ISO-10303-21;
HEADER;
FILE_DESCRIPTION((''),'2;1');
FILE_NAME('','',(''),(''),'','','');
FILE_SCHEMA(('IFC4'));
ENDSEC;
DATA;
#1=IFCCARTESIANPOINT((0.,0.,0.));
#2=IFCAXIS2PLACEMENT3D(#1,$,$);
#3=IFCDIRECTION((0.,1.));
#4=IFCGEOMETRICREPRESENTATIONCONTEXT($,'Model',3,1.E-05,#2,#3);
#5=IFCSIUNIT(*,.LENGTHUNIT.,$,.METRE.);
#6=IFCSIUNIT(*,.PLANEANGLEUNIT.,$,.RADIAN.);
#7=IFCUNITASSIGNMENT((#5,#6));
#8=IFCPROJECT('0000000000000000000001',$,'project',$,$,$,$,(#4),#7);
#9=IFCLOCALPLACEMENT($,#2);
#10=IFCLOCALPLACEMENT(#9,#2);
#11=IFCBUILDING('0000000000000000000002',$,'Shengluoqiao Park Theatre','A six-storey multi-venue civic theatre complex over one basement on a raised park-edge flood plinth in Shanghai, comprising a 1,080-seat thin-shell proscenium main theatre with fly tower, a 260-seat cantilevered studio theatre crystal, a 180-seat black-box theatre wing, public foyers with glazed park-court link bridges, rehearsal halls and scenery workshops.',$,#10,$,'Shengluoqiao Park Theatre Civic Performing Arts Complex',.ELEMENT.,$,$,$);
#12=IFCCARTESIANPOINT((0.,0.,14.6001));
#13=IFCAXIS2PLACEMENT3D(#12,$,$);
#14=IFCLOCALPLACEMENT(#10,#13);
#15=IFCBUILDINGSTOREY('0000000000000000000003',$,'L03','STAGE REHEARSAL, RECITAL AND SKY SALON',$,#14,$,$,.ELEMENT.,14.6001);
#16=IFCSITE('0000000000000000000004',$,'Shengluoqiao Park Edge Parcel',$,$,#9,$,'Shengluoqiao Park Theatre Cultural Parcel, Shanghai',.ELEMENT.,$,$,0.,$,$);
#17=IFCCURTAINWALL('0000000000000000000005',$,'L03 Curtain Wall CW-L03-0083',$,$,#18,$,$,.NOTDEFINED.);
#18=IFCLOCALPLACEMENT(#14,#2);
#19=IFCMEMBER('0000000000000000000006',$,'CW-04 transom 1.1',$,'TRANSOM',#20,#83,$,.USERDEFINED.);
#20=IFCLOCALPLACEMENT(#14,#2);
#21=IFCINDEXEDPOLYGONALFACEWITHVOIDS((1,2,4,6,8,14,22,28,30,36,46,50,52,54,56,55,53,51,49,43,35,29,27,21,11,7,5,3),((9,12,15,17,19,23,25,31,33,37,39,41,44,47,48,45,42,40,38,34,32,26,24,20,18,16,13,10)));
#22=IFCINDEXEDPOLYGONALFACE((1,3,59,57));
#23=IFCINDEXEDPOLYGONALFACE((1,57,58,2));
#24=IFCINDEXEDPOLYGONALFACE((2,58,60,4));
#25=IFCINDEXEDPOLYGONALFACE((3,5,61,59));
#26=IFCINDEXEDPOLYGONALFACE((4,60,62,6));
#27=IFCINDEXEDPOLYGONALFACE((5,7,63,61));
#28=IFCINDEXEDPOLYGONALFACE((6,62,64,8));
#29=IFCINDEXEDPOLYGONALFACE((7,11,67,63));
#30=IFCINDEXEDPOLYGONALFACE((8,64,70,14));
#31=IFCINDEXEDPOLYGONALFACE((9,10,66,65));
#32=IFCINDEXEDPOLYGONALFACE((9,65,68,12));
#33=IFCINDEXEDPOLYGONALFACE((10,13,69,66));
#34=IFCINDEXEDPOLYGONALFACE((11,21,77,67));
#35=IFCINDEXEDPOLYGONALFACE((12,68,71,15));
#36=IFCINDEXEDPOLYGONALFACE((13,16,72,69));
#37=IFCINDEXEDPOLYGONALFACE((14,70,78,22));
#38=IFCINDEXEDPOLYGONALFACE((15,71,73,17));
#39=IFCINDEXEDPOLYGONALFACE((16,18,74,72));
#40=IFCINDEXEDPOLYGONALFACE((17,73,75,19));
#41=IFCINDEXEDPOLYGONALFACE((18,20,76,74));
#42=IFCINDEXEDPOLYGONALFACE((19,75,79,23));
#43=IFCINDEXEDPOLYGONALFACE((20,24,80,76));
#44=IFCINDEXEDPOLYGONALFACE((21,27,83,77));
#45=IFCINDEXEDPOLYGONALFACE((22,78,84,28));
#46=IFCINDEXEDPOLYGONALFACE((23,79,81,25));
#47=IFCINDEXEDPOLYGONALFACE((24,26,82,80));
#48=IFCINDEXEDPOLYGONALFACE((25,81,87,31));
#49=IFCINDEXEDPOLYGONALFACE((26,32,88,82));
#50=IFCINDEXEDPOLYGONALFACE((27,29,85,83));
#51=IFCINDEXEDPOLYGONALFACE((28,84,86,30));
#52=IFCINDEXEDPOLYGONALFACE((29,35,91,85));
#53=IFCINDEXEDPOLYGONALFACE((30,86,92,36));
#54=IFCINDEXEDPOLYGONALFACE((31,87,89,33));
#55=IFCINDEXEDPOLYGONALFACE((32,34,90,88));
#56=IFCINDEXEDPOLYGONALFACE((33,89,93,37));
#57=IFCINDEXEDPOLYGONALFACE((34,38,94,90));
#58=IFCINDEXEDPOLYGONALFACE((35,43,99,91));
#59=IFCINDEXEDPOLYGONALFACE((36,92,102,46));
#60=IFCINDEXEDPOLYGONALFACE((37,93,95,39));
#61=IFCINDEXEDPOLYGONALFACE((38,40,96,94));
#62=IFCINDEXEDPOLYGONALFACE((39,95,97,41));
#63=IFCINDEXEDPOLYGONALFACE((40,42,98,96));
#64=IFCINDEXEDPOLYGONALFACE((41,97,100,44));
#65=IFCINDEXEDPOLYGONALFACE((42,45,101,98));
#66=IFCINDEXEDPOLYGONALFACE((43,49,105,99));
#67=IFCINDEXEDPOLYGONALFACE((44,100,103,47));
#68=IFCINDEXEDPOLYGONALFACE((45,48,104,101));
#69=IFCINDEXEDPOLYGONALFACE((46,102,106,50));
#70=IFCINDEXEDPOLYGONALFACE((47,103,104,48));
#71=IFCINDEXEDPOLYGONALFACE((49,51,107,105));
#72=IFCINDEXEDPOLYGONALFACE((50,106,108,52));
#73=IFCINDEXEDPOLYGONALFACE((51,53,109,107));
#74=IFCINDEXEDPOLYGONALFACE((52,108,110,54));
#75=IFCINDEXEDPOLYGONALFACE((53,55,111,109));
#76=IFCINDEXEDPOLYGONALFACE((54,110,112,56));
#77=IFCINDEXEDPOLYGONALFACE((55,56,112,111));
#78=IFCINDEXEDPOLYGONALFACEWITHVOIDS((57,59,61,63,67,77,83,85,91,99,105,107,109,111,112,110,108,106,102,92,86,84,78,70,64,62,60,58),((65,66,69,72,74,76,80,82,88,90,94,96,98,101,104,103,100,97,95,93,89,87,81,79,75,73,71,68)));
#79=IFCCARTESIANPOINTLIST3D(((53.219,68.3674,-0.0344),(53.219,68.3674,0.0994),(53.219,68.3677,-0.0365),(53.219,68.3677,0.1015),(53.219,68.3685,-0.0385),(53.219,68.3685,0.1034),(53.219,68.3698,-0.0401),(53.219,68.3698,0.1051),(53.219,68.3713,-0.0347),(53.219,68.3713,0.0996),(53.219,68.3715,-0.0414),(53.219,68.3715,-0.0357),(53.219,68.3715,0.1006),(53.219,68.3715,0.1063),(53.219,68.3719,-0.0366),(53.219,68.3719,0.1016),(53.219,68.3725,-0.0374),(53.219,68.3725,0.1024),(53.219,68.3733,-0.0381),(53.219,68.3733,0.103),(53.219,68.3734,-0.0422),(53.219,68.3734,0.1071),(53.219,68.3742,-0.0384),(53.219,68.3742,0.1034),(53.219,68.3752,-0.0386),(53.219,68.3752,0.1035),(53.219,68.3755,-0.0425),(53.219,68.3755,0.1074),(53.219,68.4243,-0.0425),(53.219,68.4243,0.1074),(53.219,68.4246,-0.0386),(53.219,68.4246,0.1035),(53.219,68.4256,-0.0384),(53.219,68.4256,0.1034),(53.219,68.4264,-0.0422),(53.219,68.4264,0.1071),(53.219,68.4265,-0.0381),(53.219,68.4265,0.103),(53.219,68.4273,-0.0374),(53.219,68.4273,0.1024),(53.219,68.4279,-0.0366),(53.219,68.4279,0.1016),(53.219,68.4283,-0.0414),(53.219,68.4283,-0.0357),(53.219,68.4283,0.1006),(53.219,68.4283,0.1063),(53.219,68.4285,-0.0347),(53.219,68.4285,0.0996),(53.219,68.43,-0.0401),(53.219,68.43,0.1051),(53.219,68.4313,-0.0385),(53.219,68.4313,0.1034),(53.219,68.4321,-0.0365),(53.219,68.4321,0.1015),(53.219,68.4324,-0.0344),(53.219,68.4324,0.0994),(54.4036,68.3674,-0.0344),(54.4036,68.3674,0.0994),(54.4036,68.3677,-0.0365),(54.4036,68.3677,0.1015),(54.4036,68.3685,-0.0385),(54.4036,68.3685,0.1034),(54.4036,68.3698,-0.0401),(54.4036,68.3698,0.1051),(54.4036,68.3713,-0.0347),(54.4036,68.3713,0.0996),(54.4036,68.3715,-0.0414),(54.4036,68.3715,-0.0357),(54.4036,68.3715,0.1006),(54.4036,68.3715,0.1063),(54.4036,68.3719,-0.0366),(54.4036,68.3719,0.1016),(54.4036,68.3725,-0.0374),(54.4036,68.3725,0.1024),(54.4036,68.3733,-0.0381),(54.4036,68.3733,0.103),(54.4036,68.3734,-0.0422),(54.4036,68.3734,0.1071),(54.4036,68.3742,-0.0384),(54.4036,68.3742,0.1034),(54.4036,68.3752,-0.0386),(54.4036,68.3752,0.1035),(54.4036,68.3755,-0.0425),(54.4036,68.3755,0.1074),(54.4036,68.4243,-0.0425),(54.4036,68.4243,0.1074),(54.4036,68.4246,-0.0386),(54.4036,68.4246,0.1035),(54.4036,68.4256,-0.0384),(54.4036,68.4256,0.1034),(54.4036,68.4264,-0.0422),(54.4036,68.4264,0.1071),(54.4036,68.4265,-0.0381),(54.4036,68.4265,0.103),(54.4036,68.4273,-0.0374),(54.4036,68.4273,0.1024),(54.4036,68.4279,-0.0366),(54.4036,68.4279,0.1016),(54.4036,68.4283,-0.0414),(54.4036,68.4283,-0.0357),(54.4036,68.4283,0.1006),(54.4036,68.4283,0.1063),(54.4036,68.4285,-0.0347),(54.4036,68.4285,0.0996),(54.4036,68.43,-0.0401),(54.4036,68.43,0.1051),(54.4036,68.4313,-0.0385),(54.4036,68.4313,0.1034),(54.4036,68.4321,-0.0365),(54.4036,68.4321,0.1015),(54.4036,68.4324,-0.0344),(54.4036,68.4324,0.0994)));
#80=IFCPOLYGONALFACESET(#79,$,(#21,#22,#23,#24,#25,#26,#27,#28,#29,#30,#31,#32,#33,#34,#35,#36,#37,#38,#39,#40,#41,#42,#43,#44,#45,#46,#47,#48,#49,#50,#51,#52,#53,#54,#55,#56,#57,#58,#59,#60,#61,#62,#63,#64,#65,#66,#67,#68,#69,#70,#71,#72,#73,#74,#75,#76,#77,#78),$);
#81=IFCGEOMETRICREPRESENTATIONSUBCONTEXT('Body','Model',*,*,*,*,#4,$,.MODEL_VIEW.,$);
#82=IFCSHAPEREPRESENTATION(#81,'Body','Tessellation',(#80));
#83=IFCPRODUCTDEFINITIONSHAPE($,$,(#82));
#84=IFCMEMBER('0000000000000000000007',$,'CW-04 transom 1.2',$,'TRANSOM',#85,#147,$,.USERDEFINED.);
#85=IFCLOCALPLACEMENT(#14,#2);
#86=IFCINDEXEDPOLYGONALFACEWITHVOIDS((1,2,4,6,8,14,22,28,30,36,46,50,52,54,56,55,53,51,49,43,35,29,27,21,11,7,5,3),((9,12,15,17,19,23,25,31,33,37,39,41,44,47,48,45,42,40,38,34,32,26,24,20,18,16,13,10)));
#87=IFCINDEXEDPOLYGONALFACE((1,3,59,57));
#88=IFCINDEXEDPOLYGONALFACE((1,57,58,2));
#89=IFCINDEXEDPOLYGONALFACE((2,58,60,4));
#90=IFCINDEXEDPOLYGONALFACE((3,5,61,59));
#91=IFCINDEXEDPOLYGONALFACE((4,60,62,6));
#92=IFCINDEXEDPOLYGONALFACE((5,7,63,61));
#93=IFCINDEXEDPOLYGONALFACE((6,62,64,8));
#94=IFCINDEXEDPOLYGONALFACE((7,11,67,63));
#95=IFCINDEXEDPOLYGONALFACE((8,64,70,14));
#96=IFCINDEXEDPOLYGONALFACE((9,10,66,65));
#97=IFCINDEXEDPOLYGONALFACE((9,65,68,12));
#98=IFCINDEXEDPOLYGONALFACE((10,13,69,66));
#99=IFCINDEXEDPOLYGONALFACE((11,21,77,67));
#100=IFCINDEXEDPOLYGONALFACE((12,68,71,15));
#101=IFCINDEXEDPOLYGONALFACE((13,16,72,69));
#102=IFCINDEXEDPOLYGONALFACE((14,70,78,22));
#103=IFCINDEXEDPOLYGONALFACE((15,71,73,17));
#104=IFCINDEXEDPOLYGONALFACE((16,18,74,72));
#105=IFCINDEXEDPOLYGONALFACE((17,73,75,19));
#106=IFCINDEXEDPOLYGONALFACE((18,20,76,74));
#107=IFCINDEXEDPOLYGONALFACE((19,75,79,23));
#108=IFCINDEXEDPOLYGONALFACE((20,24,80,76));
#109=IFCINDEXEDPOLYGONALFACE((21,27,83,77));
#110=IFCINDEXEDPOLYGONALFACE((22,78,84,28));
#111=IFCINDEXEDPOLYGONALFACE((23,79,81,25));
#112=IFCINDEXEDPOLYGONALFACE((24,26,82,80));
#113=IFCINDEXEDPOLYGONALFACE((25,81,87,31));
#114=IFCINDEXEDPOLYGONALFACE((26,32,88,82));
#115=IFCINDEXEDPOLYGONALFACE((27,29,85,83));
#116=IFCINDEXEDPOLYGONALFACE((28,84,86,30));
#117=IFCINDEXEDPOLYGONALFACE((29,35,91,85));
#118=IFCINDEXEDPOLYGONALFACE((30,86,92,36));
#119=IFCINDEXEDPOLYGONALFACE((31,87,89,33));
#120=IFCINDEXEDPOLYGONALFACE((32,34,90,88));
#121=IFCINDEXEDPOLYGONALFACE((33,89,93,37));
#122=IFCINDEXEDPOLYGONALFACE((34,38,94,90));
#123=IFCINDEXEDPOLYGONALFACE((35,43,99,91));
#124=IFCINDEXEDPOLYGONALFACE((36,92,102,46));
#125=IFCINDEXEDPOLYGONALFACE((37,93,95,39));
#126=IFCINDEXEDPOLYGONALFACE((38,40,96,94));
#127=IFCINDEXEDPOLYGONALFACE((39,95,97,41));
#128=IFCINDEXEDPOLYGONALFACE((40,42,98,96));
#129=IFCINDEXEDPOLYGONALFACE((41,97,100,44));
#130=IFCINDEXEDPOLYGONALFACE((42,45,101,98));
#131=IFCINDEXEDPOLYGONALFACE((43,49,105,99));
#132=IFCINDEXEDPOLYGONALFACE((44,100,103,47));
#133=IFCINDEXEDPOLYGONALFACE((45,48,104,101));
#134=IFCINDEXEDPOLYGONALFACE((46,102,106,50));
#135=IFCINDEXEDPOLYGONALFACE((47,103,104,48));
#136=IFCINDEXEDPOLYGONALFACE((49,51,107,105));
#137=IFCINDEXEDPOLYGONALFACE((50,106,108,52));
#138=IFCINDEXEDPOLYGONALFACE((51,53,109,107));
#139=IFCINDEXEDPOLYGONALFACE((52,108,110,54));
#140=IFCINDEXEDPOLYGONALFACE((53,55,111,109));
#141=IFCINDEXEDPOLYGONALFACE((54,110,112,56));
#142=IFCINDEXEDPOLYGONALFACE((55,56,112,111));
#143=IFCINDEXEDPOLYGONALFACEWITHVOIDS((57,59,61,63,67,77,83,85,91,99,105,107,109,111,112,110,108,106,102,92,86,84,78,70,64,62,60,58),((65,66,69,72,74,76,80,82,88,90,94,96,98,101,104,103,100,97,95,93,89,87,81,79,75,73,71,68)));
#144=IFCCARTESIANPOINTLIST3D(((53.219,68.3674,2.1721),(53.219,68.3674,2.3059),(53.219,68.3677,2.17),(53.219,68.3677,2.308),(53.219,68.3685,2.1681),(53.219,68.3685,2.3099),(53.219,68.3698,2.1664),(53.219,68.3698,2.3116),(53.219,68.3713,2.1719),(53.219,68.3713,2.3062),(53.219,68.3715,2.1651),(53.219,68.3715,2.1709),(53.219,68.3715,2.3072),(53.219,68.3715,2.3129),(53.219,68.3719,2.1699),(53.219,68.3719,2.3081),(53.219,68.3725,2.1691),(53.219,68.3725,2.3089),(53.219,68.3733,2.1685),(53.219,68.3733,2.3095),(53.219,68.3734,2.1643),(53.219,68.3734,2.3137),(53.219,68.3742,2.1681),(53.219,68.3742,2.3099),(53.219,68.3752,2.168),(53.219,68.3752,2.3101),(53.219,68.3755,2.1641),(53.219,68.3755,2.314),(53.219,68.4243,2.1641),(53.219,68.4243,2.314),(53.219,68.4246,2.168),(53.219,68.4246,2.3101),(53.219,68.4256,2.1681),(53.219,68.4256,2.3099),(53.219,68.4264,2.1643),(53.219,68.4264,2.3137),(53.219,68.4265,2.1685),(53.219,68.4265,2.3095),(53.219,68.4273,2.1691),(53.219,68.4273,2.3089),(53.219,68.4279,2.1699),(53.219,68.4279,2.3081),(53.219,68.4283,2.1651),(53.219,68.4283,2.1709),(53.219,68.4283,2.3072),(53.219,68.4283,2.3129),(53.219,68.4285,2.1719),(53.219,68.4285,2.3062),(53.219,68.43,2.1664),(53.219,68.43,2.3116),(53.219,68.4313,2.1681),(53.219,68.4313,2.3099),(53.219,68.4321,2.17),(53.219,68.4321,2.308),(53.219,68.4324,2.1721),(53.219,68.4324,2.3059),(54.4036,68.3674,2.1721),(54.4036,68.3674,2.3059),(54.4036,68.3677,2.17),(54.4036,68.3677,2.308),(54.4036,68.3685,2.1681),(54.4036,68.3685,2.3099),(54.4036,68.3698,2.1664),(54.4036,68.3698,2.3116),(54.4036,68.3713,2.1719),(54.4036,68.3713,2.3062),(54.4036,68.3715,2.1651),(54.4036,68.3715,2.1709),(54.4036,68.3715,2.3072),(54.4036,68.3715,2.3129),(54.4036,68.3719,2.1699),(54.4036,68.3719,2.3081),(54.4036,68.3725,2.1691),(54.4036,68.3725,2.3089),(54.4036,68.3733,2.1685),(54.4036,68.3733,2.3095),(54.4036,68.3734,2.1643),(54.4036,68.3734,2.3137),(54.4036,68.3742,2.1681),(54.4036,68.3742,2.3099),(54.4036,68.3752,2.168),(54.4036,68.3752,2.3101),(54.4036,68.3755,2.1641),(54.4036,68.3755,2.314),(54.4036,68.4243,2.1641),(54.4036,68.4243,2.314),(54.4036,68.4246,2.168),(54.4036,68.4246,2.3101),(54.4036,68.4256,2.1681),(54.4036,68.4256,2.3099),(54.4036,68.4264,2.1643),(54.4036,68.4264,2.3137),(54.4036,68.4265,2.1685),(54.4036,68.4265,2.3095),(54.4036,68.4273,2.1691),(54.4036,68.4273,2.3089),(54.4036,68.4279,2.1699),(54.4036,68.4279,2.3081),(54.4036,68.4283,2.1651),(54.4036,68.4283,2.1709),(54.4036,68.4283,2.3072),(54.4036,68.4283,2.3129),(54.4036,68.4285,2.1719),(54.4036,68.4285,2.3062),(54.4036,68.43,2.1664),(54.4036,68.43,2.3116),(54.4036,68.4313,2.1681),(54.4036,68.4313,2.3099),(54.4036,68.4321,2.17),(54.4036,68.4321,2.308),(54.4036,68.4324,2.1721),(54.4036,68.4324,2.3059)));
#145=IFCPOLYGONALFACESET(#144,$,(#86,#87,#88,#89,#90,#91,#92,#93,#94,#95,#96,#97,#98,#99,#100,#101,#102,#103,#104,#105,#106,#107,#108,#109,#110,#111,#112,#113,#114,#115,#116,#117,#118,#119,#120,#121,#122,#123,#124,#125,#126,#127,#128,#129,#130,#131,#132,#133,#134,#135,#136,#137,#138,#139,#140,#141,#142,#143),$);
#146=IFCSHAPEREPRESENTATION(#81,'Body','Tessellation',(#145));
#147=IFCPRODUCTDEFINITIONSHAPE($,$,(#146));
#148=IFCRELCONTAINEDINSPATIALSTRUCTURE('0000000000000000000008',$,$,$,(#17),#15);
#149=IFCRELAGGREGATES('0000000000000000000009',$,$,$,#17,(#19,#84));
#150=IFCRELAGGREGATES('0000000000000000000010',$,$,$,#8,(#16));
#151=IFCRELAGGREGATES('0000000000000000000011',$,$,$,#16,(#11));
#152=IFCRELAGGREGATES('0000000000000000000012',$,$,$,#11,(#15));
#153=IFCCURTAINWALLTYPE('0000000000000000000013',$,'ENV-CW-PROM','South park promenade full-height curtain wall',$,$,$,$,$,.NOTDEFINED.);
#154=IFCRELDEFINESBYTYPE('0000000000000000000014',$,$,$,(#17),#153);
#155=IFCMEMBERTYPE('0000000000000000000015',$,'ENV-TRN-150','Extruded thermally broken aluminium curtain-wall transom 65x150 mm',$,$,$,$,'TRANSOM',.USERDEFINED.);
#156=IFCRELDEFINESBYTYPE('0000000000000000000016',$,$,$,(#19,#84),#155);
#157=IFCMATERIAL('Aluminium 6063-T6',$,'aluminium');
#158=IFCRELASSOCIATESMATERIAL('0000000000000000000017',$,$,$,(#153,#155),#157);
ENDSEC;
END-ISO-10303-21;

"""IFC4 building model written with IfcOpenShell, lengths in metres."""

from ifc_helpers import new_model, si_unit, direction, frame, origin, origin_2d, place, context, subcontext, project, spatial, hollow_rectangle, extrude, material, material_profile, profile_set, type_object, element, aggregate, save


model = new_model("IFC4")

# Units and contexts
model_context = context("Model", 3, precision=1e-05, world=origin(), true_north=direction((0.0, 1.0)))
body_context = subcontext(model_context, "Body", "Model", "MODEL_VIEW")
ifc_project = project(units=[si_unit("LENGTHUNIT", "METRE"), si_unit("PLANEANGLEUNIT", "RADIAN")], contexts=[model_context])

# Site, building, storey
site_placement = place(None, origin())
site = spatial("IfcSite", under=ifc_project, at=site_placement, Name="Shengluoqiao Park Edge Parcel", LongName="Shengluoqiao Park Theatre Cultural Parcel, Shanghai", CompositionType="ELEMENT", RefElevation=0.0)
building_placement = place(site_placement, origin())
building = spatial("IfcBuilding", under=site, at=building_placement, Name="Shengluoqiao Park Theatre", Description="A six-storey multi-venue civic theatre complex over one basement on a raised park-edge flood plinth in Shanghai, comprising a 1,080-seat thin-shell proscenium main theatre with fly tower, a 260-seat cantilevered studio theatre crystal, a 180-seat black-box theatre wing, public foyers with glazed park-court link bridges, rehearsal halls and scenery workshops.", LongName="Shengluoqiao Park Theatre Civic Performing Arts Complex", CompositionType="ELEMENT")
storey_placement = place(building_placement, frame((0.0, 0.0, 14.6001)))
storey = spatial("IfcBuildingStorey", under=building, at=storey_placement, Name="L03", Description="STAGE REHEARSAL, RECITAL AND SKY SALON", CompositionType="ELEMENT", Elevation=14.6001)

# Curtain wall
ifc_material_1 = material(Name="Aluminium 6063-T6", Category="aluminium")
curtain_wall_type = type_object("IfcCurtainWallType", Name="ENV-CW-PROM", Description="South park promenade full-height curtain wall", PredefinedType="NOTDEFINED", material=ifc_material_1)
curtain_wall_1_placement = place(storey_placement, origin())
curtain_wall_1 = element("IfcCurtainWall", 1, at=curtain_wall_1_placement, inside=storey, type_object=curtain_wall_type, Name="L03 Curtain Wall CW-L03-0083", PredefinedType="NOTDEFINED")

# Members
ifc_material_profile_1 = material_profile(ifc_material_1, hollow_rectangle(XDim=0.0649, YDim=0.1499, WallThickness=0.0039, InnerFilletRadius=0.0039, OuterFilletRadius=0.0081, at=origin_2d()), Name="ALU TRANSOM 150x65x4")
ifc_profile_set_1 = profile_set([ifc_material_profile_1], Name="Aluminium 6063-T6")
member_type_1 = type_object("IfcMemberType", Name="ENV-TRN-150", Description="Extruded thermally broken aluminium curtain-wall transom 65x150 mm", ElementType="TRANSOM", PredefinedType="USERDEFINED", material=ifc_profile_set_1)
member_1_placement = place(storey_placement, frame((53.219, 68.3999, 0.0325), z_axis=(1.0, 0.0, 0.0), x_axis=(0.0, 1.0, 0.0)))
member_1 = element("IfcMember", 2, at=member_1_placement, type_object=member_type_1, Name="CW-04 transom 1.1", ObjectType="TRANSOM", PredefinedType="USERDEFINED", context=body_context, shape_type="SweptSolid", body=[
    extrude(hollow_rectangle(XDim=0.0649, YDim=0.1499, WallThickness=0.0039, InnerFilletRadius=0.0039, OuterFilletRadius=0.0081, at=origin_2d()), origin(), (0.0, 0.0, 1.0), 1.1846),
])
member_2_placement = place(storey_placement, frame((53.219, 68.3999, 2.239), z_axis=(1.0, 0.0, 0.0), x_axis=(0.0, 1.0, 0.0)))
member_2 = element("IfcMember", 3, at=member_2_placement, type_object=member_type_1, Name="CW-04 transom 1.2", ObjectType="TRANSOM", PredefinedType="USERDEFINED", context=body_context, shape_type="SweptSolid", body=[
    extrude(hollow_rectangle(XDim=0.0649, YDim=0.1499, WallThickness=0.0039, InnerFilletRadius=0.0039, OuterFilletRadius=0.0081, at=origin_2d()), origin(), (0.0, 0.0, 1.0), 1.1846),
])

aggregate(curtain_wall_1, [member_1, member_2])

save(model, "model.ifc")
